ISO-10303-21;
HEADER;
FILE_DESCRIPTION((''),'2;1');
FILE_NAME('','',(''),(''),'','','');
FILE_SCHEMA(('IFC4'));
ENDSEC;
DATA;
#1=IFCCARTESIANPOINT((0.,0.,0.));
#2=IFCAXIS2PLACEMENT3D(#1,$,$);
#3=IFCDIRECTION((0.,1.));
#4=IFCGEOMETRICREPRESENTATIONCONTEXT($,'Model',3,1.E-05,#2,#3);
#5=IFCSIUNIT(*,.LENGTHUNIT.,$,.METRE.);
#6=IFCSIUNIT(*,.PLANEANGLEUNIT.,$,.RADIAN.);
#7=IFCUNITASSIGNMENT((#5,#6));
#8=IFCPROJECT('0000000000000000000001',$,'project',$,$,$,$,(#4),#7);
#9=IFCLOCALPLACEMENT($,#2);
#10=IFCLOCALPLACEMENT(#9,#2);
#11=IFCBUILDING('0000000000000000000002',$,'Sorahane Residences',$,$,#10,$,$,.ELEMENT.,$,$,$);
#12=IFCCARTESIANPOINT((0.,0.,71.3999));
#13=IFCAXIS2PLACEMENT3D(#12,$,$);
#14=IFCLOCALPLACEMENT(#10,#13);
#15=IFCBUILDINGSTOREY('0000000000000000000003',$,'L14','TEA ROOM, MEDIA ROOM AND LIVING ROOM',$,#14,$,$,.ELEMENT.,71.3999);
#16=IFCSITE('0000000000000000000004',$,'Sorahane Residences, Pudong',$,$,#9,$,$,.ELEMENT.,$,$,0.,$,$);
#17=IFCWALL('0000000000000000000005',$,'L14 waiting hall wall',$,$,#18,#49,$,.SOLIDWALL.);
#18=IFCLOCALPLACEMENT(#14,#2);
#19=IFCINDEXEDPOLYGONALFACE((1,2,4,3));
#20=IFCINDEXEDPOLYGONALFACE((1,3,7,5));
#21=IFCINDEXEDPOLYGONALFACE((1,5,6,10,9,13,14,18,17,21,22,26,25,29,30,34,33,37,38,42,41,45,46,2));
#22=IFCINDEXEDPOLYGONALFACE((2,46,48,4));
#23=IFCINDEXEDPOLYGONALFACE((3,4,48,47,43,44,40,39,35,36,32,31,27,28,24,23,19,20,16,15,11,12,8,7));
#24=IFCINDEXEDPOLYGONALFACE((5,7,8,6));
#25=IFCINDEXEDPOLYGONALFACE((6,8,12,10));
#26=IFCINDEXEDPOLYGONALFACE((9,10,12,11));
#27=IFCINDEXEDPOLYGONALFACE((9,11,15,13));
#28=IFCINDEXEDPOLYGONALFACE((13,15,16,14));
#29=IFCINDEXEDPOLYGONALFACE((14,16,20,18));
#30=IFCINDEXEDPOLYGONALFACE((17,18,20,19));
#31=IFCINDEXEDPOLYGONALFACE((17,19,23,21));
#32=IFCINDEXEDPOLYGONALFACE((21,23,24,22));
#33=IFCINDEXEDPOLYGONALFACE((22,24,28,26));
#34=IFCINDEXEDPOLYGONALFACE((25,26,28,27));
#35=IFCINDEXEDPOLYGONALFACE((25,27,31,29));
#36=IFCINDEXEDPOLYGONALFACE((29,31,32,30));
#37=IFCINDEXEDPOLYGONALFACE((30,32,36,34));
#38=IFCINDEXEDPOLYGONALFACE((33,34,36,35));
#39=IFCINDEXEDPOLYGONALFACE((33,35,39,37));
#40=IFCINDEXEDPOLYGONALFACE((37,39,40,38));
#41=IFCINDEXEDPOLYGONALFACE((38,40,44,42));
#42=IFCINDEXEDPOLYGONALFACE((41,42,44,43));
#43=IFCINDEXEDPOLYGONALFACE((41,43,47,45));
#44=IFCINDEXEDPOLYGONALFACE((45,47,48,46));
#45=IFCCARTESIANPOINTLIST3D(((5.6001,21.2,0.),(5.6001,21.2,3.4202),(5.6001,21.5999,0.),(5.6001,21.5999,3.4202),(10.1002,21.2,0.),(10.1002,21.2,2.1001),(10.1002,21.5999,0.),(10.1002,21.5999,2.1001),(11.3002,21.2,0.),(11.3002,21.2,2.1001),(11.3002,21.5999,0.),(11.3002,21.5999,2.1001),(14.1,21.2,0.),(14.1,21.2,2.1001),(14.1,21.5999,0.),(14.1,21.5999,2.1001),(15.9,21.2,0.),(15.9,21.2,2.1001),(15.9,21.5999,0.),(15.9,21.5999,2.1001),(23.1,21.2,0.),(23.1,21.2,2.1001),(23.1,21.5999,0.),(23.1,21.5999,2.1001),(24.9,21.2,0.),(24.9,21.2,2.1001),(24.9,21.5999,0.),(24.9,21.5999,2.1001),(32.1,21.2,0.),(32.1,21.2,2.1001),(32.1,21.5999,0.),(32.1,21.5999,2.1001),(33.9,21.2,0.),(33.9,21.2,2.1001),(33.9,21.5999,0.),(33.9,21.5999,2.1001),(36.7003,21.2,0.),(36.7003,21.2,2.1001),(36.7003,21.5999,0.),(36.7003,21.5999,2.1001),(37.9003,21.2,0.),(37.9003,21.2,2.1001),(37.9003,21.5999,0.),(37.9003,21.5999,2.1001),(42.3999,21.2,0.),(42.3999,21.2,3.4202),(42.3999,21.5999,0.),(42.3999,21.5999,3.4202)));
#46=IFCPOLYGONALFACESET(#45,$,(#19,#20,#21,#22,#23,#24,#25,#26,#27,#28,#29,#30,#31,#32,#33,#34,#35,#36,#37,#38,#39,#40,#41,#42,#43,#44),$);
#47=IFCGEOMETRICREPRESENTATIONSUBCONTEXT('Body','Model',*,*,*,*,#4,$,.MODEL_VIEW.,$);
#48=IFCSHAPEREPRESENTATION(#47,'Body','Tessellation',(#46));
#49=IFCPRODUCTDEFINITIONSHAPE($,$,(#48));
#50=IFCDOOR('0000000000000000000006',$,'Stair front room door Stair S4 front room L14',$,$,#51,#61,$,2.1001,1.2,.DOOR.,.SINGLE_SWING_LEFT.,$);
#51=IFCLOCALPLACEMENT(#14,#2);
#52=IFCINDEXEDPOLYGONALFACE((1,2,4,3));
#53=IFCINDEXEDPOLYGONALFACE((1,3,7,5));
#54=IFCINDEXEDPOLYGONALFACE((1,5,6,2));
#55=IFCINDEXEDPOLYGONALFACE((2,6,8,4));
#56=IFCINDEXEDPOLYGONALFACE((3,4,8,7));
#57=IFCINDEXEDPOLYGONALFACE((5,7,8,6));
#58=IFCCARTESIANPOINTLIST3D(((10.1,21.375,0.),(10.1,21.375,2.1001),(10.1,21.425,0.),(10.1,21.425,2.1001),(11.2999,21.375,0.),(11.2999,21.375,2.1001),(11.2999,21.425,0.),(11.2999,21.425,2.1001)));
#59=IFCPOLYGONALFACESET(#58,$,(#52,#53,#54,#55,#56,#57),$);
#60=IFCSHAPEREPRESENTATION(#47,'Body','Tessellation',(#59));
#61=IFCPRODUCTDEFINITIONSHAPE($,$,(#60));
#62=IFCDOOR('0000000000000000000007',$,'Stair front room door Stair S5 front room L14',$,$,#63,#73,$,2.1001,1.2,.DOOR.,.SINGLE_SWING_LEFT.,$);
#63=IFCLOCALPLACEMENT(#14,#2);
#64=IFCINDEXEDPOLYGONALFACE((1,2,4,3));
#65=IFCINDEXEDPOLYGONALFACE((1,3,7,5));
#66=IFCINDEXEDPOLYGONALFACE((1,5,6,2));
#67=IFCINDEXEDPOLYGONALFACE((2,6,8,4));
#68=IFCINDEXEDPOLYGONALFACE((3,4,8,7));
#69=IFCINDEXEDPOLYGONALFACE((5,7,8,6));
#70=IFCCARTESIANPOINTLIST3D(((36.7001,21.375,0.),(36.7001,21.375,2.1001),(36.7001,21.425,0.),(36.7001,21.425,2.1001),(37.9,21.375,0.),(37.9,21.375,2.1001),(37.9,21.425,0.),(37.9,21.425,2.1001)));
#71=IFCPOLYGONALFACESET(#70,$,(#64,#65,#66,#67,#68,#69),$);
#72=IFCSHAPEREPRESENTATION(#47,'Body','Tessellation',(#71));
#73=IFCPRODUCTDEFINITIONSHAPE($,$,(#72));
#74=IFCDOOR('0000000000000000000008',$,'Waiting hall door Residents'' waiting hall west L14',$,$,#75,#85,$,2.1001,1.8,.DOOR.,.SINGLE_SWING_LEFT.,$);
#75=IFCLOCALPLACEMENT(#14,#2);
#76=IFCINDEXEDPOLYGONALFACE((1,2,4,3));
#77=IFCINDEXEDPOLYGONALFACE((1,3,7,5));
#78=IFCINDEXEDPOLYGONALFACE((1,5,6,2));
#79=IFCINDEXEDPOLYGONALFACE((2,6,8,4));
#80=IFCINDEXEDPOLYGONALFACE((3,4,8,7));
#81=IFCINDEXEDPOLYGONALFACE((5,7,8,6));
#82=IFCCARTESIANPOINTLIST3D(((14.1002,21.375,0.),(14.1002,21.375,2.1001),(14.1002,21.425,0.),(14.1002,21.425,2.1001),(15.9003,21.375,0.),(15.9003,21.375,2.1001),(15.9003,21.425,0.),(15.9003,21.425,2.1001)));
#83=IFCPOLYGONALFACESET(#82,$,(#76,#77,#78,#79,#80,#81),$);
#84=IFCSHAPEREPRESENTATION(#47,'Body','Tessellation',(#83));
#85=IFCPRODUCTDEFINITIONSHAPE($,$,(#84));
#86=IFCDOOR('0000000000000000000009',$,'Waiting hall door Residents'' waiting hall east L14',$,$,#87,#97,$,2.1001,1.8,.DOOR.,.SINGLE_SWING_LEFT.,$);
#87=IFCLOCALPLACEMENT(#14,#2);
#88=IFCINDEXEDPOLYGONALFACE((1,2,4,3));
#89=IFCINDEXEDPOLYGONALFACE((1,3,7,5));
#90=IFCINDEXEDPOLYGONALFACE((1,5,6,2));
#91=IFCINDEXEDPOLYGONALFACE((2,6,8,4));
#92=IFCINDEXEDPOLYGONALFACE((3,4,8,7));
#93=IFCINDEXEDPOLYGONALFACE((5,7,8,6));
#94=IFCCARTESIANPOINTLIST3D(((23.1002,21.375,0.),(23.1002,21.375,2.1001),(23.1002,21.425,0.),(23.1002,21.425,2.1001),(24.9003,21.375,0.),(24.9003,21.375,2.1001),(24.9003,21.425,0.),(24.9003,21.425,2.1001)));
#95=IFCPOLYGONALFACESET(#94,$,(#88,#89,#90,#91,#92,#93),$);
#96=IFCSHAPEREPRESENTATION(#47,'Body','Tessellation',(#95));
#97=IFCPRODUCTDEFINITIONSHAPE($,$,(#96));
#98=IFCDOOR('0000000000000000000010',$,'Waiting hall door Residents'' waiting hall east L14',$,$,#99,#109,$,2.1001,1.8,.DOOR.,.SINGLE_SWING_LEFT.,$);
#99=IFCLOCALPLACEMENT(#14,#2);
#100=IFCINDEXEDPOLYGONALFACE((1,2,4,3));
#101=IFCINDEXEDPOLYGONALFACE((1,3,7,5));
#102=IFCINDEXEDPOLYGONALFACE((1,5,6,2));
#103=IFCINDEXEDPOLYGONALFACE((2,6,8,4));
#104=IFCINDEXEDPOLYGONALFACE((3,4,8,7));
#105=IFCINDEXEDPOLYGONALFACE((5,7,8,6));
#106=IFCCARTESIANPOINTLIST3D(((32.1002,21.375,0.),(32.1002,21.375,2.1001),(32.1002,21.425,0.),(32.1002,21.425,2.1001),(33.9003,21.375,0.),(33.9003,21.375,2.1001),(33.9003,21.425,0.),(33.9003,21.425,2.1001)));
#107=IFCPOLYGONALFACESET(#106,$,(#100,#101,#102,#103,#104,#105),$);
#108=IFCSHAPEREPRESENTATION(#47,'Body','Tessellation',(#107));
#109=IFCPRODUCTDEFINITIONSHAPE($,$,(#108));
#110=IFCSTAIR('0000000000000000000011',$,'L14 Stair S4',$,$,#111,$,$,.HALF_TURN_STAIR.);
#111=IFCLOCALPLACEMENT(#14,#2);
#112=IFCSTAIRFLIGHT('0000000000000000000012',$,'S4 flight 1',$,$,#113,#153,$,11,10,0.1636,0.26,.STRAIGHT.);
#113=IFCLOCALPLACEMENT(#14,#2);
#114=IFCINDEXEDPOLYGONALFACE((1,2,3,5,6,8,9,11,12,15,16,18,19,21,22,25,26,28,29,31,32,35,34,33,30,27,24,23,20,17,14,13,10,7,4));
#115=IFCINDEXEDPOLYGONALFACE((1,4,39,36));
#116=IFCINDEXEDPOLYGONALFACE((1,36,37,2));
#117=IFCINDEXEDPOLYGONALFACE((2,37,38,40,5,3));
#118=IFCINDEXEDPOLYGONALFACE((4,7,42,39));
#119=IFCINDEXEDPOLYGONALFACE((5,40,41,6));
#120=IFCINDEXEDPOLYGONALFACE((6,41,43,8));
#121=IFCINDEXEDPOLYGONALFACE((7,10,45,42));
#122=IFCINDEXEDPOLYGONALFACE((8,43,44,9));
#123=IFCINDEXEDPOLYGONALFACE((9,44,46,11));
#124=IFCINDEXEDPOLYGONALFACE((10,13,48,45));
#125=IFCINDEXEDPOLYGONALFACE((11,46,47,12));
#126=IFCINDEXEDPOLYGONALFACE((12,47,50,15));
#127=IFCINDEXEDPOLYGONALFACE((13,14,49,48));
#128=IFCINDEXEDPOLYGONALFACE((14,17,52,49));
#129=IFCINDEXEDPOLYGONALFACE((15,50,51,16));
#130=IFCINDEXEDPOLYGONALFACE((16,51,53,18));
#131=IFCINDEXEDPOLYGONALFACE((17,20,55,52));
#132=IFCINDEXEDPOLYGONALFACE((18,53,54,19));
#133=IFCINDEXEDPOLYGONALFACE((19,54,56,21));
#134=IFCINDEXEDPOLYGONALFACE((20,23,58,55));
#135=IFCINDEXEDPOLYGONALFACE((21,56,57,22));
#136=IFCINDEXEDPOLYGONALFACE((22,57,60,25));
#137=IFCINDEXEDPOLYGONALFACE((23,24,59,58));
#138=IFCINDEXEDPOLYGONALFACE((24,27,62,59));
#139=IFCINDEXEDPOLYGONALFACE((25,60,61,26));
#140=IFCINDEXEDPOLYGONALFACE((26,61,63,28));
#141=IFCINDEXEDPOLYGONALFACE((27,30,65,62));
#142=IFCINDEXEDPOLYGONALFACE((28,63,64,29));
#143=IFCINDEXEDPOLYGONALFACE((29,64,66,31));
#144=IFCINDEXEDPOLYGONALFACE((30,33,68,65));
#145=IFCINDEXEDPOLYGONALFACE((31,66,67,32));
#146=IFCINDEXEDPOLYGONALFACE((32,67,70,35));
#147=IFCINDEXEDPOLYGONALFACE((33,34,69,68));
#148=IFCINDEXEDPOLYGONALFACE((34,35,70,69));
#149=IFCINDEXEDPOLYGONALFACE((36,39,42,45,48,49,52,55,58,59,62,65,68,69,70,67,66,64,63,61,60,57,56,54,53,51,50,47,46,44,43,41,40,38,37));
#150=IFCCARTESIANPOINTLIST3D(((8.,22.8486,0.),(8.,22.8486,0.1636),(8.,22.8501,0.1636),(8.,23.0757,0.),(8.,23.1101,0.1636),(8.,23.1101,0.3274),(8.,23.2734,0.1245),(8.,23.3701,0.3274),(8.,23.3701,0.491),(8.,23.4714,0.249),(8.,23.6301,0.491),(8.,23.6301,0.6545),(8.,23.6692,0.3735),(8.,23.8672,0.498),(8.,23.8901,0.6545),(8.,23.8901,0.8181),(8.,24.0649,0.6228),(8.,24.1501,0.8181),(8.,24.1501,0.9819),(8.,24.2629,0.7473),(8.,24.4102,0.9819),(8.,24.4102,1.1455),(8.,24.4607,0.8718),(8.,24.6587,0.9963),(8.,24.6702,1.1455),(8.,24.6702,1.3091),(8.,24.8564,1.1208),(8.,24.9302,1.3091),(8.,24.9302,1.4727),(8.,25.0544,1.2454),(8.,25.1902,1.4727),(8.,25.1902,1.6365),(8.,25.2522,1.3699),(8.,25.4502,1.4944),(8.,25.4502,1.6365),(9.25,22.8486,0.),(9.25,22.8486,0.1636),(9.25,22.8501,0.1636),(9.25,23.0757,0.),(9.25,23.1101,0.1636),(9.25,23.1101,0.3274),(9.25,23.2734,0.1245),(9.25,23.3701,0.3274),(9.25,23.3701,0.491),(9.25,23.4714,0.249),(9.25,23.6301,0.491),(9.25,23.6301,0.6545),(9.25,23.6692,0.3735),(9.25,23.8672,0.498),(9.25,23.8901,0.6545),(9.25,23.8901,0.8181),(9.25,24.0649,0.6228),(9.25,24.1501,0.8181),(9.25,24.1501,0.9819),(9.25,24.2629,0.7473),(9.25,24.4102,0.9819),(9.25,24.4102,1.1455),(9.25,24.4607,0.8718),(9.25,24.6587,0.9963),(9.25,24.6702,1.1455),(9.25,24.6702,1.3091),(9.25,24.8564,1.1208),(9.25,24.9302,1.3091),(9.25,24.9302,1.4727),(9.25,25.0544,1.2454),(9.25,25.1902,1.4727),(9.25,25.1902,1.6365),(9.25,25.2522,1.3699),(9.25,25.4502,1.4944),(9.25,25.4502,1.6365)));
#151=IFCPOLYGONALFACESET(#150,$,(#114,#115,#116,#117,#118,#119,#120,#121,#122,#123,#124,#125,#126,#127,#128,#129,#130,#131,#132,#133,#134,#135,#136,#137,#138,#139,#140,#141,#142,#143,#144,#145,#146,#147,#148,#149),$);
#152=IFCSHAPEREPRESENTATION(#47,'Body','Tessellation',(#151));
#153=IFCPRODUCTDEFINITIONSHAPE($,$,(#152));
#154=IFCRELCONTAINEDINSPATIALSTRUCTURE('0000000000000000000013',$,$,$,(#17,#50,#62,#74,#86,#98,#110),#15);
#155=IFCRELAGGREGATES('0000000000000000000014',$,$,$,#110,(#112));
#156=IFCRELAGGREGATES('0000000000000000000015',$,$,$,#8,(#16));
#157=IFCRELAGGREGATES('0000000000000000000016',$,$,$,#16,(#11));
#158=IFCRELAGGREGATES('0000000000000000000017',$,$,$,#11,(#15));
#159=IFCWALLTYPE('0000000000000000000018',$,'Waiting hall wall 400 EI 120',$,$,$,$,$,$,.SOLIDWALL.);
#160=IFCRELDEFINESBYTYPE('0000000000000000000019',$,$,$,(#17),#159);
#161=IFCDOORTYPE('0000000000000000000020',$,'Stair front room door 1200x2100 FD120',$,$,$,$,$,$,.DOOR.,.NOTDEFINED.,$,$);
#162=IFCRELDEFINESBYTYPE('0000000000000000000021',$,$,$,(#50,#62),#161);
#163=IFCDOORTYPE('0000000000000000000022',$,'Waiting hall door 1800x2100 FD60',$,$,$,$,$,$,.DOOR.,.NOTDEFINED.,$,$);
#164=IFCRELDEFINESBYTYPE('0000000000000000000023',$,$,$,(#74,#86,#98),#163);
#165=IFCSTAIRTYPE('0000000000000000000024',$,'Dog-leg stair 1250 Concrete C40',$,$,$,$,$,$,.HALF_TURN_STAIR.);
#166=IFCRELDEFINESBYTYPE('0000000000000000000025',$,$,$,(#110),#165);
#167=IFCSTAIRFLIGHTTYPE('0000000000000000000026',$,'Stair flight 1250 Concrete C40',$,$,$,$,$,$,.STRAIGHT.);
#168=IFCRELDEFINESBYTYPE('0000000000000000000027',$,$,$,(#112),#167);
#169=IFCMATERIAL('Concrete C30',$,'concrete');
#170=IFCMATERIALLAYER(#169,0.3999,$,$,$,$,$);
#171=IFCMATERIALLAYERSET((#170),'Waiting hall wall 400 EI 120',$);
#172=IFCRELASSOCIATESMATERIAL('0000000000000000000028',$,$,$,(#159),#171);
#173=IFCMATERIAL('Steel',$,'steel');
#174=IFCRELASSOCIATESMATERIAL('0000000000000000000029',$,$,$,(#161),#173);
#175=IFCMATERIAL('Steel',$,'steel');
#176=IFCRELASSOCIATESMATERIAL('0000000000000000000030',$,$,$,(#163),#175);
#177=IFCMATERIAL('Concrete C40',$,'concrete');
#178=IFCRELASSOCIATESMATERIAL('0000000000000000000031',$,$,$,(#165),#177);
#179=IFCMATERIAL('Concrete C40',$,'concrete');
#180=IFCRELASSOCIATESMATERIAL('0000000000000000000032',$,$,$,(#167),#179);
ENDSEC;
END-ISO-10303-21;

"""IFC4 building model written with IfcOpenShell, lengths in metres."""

from ifc_helpers import new_model, si_unit, direction, frame, frame_2d, origin, place, context, subcontext, project, spatial, polyline, rectangle, outline, extrude, material, layer, layer_set, type_object, element, fill, aggregate, save


model = new_model("IFC4")

# Units and contexts
model_context = context("Model", 3, precision=1e-05, world=origin(), true_north=direction((0.0, 1.0)))
body_context = subcontext(model_context, "Body", "Model", "MODEL_VIEW")
ifc_project = project(units=[si_unit("LENGTHUNIT", "METRE"), si_unit("PLANEANGLEUNIT", "RADIAN")], contexts=[model_context])

# Site, building, storey
site_placement = place(None, origin())
site = spatial("IfcSite", under=ifc_project, at=site_placement, Name="Sorahane Residences, Pudong", CompositionType="ELEMENT", RefElevation=0.0)
building_placement = place(site_placement, origin())
building = spatial("IfcBuilding", under=site, at=building_placement, Name="Sorahane Residences", CompositionType="ELEMENT")
storey_placement = place(building_placement, frame((0.0, 0.0, 71.3999)))
storey = spatial("IfcBuildingStorey", under=building, at=storey_placement, Name="L14", Description="TEA ROOM, MEDIA ROOM AND LIVING ROOM", CompositionType="ELEMENT", Elevation=71.3999)

# Wall, openings, doors
ifc_material_1 = material(Name="Concrete C30", Category="concrete")
ifc_layer_1 = layer(ifc_material_1, 0.3999)
ifc_layer_set_1 = layer_set([ifc_layer_1], Name="Waiting hall wall 400 EI 120")
wall_type_1 = type_object("IfcWallType", Name="Waiting hall wall 400 EI 120", PredefinedType="SOLIDWALL", material=ifc_layer_set_1)
wall_1_placement = place(storey_placement, frame((5.6001, 21.3999, 0.0), z_axis=(0.0, 0.0, 1.0), x_axis=(1.0, 0.0, 0.0)))
wall_1 = element("IfcWall", 1, at=wall_1_placement, inside=storey, type_object=wall_type_1, Name="L14 waiting hall wall", PredefinedType="SOLIDWALL", context=body_context, shape_type="SweptSolid", body=[
    extrude(rectangle(XDim=36.7998, YDim=0.3999, at=frame_2d((18.3999, 0.0))), origin(), (0.0, 0.0, 1.0), 3.4202),
])
opening_1_placement = place(wall_1_placement, frame((8.5, 0.0, 0.0)))
opening_1 = element("IfcOpeningElement", 2, at=opening_1_placement, cuts=wall_1, PredefinedType="OPENING", context=body_context, shape_type="SweptSolid", body=[
    extrude(rectangle(XDim=1.8, YDim=2.1001, at=frame_2d((0.8999, 1.05))), frame((0.0, 0.21, 0.0), z_axis=(0.0, -1.0, 0.0), x_axis=(1.0, 0.0, 0.0)), (0.0, 0.0, 1.0), 0.4199),
])
opening_2_placement = place(wall_1_placement, frame((17.5, 0.0, 0.0)))
opening_2 = element("IfcOpeningElement", 3, at=opening_2_placement, cuts=wall_1, PredefinedType="OPENING", context=body_context, shape_type="SweptSolid", body=[
    extrude(rectangle(XDim=1.8, YDim=2.1001, at=frame_2d((0.8999, 1.05))), frame((0.0, 0.21, 0.0), z_axis=(0.0, -1.0, 0.0), x_axis=(1.0, 0.0, 0.0)), (0.0, 0.0, 1.0), 0.4199),
])
opening_3_placement = place(wall_1_placement, frame((26.5, 0.0, 0.0)))
opening_3 = element("IfcOpeningElement", 4, at=opening_3_placement, cuts=wall_1, PredefinedType="OPENING", context=body_context, shape_type="SweptSolid", body=[
    extrude(rectangle(XDim=1.8, YDim=2.1001, at=frame_2d((0.8999, 1.05))), frame((0.0, 0.21, 0.0), z_axis=(0.0, -1.0, 0.0), x_axis=(1.0, 0.0, 0.0)), (0.0, 0.0, 1.0), 0.4199),
])
opening_4_placement = place(wall_1_placement, frame((4.5, 0.0, 0.0)))
opening_4 = element("IfcOpeningElement", 5, at=opening_4_placement, cuts=wall_1, PredefinedType="OPENING", context=body_context, shape_type="SweptSolid", body=[
    extrude(rectangle(XDim=1.2, YDim=2.1001, at=frame_2d((0.6001, 1.05))), frame((0.0, 0.21, 0.0), z_axis=(0.0, -1.0, 0.0), x_axis=(1.0, 0.0, 0.0)), (0.0, 0.0, 1.0), 0.4199),
])
opening_5_placement = place(wall_1_placement, frame((31.1001, 0.0, 0.0)))
opening_5 = element("IfcOpeningElement", 6, at=opening_5_placement, cuts=wall_1, PredefinedType="OPENING", context=body_context, shape_type="SweptSolid", body=[
    extrude(rectangle(XDim=1.2, YDim=2.1001, at=frame_2d((0.6001, 1.05))), frame((0.0, 0.21, 0.0), z_axis=(0.0, -1.0, 0.0), x_axis=(1.0, 0.0, 0.0)), (0.0, 0.0, 1.0), 0.4199),
])
ifc_material_2 = material(Name="Steel", Category="steel")
door_type_1 = type_object("IfcDoorType", Name="Stair front room door 1200x2100 FD120", OperationType="NOTDEFINED", PredefinedType="DOOR", material=ifc_material_2)
door_1_placement = place(opening_4_placement, frame((1.2, 0.0, 0.0), z_axis=(0.0, 0.0, 1.0), x_axis=(-1.0, 0.0, 0.0)))
door_1 = element("IfcDoor", 7, at=door_1_placement, inside=storey, type_object=door_type_1, Name="Stair front room door Stair S4 front room L14", OperationType="SINGLE_SWING_LEFT", OverallHeight=2.1001, OverallWidth=1.2, PredefinedType="DOOR", context=body_context, shape_type="SweptSolid", body=[
    extrude(rectangle(XDim=1.2, YDim=2.1001, at=frame_2d((0.6001, 1.05))), frame((0.0, 0.0249, 0.0), z_axis=(0.0, -1.0, 0.0), x_axis=(1.0, 0.0, 0.0)), (0.0, 0.0, 1.0), 0.05),
])
fill(opening_4, door_1)
door_2_placement = place(opening_5_placement, frame((1.2, 0.0, 0.0), z_axis=(0.0, 0.0, 1.0), x_axis=(-1.0, 0.0, 0.0)))
door_2 = element("IfcDoor", 8, at=door_2_placement, inside=storey, type_object=door_type_1, Name="Stair front room door Stair S5 front room L14", OperationType="SINGLE_SWING_LEFT", OverallHeight=2.1001, OverallWidth=1.2, PredefinedType="DOOR", context=body_context, shape_type="SweptSolid", body=[
    extrude(rectangle(XDim=1.2, YDim=2.1001, at=frame_2d((0.6001, 1.05))), frame((0.0, 0.0249, 0.0), z_axis=(0.0, -1.0, 0.0), x_axis=(1.0, 0.0, 0.0)), (0.0, 0.0, 1.0), 0.05),
])
fill(opening_5, door_2)
ifc_material_3 = material(Name="Steel", Category="steel")
door_type_2 = type_object("IfcDoorType", Name="Waiting hall door 1800x2100 FD60", OperationType="NOTDEFINED", PredefinedType="DOOR", material=ifc_material_3)
door_3_placement = place(opening_1_placement, frame((1.8, 0.0, 0.0), z_axis=(0.0, 0.0, 1.0), x_axis=(-1.0, 0.0, 0.0)))
door_3 = element("IfcDoor", 9, at=door_3_placement, inside=storey, type_object=door_type_2, Name="Waiting hall door Residents' waiting hall west L14", OperationType="SINGLE_SWING_LEFT", OverallHeight=2.1001, OverallWidth=1.8, PredefinedType="DOOR", context=body_context, shape_type="SweptSolid", body=[
    extrude(rectangle(XDim=1.8, YDim=2.1001, at=frame_2d((0.8999, 1.05))), frame((0.0, 0.0249, 0.0), z_axis=(0.0, -1.0, 0.0), x_axis=(1.0, 0.0, 0.0)), (0.0, 0.0, 1.0), 0.05),
])
fill(opening_1, door_3)
door_4_placement = place(opening_2_placement, frame((1.8, 0.0, 0.0), z_axis=(0.0, 0.0, 1.0), x_axis=(-1.0, 0.0, 0.0)))
door_4 = element("IfcDoor", 10, at=door_4_placement, inside=storey, type_object=door_type_2, Name="Waiting hall door Residents' waiting hall east L14", OperationType="SINGLE_SWING_LEFT", OverallHeight=2.1001, OverallWidth=1.8, PredefinedType="DOOR", context=body_context, shape_type="SweptSolid", body=[
    extrude(rectangle(XDim=1.8, YDim=2.1001, at=frame_2d((0.8999, 1.05))), frame((0.0, 0.0249, 0.0), z_axis=(0.0, -1.0, 0.0), x_axis=(1.0, 0.0, 0.0)), (0.0, 0.0, 1.0), 0.05),
])
fill(opening_2, door_4)
door_5_placement = place(opening_3_placement, frame((1.8, 0.0, 0.0), z_axis=(0.0, 0.0, 1.0), x_axis=(-1.0, 0.0, 0.0)))
door_5 = element("IfcDoor", 11, at=door_5_placement, inside=storey, type_object=door_type_2, Name="Waiting hall door Residents' waiting hall east L14", OperationType="SINGLE_SWING_LEFT", OverallHeight=2.1001, OverallWidth=1.8, PredefinedType="DOOR", context=body_context, shape_type="SweptSolid", body=[
    extrude(rectangle(XDim=1.8, YDim=2.1001, at=frame_2d((0.8999, 1.05))), frame((0.0, 0.0249, 0.0), z_axis=(0.0, -1.0, 0.0), x_axis=(1.0, 0.0, 0.0)), (0.0, 0.0, 1.0), 0.05),
])
fill(opening_3, door_5)

# Stair, stair flight
ifc_material_4 = material(Name="Concrete C40", Category="concrete")
stair_type = type_object("IfcStairType", Name="Dog-leg stair 1250 Concrete C40", PredefinedType="HALF_TURN_STAIR", material=ifc_material_4)
stair_placement = place(storey_placement, origin())
stair = element("IfcStair", 12, at=stair_placement, inside=storey, type_object=stair_type, Name="L14 Stair S4", PredefinedType="HALF_TURN_STAIR")
ifc_material_5 = material(Name="Concrete C40", Category="concrete")
stair_flight_type = type_object("IfcStairFlightType", Name="Stair flight 1250 Concrete C40", PredefinedType="STRAIGHT", material=ifc_material_5)
stair_flight_placement = place(storey_placement, frame((8.625, 22.8501, 0.0), z_axis=(0.0, 0.0, 1.0), x_axis=(0.0, 1.0, 0.0)))
stair_flight = element("IfcStairFlight", 13, at=stair_flight_placement, type_object=stair_flight_type, Name="S4 flight 1", NumberOfRisers=11, NumberOfTreads=10, PredefinedType="STRAIGHT", RiserHeight=0.1636, TreadLength=0.26, context=body_context, shape_type="SweptSolid", body=[
    extrude(outline(polyline([(-0.0015, 0.0), (-0.0015, 0.1636), (0.0, 0.1636), (0.26, 0.1636), (0.26, 0.3274), (0.52, 0.3274), (0.52, 0.491), (0.78, 0.491), (0.78, 0.6545), (1.04, 0.6545), (1.04, 0.8181), (1.3, 0.8181), (1.3, 0.9819), (1.5601, 0.9819), (1.5601, 1.1455), (1.8201, 1.1455), (1.8201, 1.3091), (2.0801, 1.3091), (2.0801, 1.4727), (2.3401, 1.4727), (2.3401, 1.6365), (2.6001, 1.6365), (2.6001, 1.8), (2.6001, 1.4944), (2.4021, 1.3699), (2.2043, 1.2454), (2.0063, 1.1208), (1.8086, 0.9963), (1.6106, 0.8718), (1.4128, 0.7473), (1.2148, 0.6228), (1.0171, 0.498), (0.8191, 0.3735), (0.6213, 0.249), (0.4233, 0.1245), (0.2256, 0.0), (-0.0015, 0.0)])), frame((0.0, 0.625, 0.0), z_axis=(0.0, -1.0, 0.0), x_axis=(1.0, 0.0, 0.0)), (0.0, 0.0, 1.0), 1.25),
])
aggregate(stair, [stair_flight])

save(model, "model.ifc")
